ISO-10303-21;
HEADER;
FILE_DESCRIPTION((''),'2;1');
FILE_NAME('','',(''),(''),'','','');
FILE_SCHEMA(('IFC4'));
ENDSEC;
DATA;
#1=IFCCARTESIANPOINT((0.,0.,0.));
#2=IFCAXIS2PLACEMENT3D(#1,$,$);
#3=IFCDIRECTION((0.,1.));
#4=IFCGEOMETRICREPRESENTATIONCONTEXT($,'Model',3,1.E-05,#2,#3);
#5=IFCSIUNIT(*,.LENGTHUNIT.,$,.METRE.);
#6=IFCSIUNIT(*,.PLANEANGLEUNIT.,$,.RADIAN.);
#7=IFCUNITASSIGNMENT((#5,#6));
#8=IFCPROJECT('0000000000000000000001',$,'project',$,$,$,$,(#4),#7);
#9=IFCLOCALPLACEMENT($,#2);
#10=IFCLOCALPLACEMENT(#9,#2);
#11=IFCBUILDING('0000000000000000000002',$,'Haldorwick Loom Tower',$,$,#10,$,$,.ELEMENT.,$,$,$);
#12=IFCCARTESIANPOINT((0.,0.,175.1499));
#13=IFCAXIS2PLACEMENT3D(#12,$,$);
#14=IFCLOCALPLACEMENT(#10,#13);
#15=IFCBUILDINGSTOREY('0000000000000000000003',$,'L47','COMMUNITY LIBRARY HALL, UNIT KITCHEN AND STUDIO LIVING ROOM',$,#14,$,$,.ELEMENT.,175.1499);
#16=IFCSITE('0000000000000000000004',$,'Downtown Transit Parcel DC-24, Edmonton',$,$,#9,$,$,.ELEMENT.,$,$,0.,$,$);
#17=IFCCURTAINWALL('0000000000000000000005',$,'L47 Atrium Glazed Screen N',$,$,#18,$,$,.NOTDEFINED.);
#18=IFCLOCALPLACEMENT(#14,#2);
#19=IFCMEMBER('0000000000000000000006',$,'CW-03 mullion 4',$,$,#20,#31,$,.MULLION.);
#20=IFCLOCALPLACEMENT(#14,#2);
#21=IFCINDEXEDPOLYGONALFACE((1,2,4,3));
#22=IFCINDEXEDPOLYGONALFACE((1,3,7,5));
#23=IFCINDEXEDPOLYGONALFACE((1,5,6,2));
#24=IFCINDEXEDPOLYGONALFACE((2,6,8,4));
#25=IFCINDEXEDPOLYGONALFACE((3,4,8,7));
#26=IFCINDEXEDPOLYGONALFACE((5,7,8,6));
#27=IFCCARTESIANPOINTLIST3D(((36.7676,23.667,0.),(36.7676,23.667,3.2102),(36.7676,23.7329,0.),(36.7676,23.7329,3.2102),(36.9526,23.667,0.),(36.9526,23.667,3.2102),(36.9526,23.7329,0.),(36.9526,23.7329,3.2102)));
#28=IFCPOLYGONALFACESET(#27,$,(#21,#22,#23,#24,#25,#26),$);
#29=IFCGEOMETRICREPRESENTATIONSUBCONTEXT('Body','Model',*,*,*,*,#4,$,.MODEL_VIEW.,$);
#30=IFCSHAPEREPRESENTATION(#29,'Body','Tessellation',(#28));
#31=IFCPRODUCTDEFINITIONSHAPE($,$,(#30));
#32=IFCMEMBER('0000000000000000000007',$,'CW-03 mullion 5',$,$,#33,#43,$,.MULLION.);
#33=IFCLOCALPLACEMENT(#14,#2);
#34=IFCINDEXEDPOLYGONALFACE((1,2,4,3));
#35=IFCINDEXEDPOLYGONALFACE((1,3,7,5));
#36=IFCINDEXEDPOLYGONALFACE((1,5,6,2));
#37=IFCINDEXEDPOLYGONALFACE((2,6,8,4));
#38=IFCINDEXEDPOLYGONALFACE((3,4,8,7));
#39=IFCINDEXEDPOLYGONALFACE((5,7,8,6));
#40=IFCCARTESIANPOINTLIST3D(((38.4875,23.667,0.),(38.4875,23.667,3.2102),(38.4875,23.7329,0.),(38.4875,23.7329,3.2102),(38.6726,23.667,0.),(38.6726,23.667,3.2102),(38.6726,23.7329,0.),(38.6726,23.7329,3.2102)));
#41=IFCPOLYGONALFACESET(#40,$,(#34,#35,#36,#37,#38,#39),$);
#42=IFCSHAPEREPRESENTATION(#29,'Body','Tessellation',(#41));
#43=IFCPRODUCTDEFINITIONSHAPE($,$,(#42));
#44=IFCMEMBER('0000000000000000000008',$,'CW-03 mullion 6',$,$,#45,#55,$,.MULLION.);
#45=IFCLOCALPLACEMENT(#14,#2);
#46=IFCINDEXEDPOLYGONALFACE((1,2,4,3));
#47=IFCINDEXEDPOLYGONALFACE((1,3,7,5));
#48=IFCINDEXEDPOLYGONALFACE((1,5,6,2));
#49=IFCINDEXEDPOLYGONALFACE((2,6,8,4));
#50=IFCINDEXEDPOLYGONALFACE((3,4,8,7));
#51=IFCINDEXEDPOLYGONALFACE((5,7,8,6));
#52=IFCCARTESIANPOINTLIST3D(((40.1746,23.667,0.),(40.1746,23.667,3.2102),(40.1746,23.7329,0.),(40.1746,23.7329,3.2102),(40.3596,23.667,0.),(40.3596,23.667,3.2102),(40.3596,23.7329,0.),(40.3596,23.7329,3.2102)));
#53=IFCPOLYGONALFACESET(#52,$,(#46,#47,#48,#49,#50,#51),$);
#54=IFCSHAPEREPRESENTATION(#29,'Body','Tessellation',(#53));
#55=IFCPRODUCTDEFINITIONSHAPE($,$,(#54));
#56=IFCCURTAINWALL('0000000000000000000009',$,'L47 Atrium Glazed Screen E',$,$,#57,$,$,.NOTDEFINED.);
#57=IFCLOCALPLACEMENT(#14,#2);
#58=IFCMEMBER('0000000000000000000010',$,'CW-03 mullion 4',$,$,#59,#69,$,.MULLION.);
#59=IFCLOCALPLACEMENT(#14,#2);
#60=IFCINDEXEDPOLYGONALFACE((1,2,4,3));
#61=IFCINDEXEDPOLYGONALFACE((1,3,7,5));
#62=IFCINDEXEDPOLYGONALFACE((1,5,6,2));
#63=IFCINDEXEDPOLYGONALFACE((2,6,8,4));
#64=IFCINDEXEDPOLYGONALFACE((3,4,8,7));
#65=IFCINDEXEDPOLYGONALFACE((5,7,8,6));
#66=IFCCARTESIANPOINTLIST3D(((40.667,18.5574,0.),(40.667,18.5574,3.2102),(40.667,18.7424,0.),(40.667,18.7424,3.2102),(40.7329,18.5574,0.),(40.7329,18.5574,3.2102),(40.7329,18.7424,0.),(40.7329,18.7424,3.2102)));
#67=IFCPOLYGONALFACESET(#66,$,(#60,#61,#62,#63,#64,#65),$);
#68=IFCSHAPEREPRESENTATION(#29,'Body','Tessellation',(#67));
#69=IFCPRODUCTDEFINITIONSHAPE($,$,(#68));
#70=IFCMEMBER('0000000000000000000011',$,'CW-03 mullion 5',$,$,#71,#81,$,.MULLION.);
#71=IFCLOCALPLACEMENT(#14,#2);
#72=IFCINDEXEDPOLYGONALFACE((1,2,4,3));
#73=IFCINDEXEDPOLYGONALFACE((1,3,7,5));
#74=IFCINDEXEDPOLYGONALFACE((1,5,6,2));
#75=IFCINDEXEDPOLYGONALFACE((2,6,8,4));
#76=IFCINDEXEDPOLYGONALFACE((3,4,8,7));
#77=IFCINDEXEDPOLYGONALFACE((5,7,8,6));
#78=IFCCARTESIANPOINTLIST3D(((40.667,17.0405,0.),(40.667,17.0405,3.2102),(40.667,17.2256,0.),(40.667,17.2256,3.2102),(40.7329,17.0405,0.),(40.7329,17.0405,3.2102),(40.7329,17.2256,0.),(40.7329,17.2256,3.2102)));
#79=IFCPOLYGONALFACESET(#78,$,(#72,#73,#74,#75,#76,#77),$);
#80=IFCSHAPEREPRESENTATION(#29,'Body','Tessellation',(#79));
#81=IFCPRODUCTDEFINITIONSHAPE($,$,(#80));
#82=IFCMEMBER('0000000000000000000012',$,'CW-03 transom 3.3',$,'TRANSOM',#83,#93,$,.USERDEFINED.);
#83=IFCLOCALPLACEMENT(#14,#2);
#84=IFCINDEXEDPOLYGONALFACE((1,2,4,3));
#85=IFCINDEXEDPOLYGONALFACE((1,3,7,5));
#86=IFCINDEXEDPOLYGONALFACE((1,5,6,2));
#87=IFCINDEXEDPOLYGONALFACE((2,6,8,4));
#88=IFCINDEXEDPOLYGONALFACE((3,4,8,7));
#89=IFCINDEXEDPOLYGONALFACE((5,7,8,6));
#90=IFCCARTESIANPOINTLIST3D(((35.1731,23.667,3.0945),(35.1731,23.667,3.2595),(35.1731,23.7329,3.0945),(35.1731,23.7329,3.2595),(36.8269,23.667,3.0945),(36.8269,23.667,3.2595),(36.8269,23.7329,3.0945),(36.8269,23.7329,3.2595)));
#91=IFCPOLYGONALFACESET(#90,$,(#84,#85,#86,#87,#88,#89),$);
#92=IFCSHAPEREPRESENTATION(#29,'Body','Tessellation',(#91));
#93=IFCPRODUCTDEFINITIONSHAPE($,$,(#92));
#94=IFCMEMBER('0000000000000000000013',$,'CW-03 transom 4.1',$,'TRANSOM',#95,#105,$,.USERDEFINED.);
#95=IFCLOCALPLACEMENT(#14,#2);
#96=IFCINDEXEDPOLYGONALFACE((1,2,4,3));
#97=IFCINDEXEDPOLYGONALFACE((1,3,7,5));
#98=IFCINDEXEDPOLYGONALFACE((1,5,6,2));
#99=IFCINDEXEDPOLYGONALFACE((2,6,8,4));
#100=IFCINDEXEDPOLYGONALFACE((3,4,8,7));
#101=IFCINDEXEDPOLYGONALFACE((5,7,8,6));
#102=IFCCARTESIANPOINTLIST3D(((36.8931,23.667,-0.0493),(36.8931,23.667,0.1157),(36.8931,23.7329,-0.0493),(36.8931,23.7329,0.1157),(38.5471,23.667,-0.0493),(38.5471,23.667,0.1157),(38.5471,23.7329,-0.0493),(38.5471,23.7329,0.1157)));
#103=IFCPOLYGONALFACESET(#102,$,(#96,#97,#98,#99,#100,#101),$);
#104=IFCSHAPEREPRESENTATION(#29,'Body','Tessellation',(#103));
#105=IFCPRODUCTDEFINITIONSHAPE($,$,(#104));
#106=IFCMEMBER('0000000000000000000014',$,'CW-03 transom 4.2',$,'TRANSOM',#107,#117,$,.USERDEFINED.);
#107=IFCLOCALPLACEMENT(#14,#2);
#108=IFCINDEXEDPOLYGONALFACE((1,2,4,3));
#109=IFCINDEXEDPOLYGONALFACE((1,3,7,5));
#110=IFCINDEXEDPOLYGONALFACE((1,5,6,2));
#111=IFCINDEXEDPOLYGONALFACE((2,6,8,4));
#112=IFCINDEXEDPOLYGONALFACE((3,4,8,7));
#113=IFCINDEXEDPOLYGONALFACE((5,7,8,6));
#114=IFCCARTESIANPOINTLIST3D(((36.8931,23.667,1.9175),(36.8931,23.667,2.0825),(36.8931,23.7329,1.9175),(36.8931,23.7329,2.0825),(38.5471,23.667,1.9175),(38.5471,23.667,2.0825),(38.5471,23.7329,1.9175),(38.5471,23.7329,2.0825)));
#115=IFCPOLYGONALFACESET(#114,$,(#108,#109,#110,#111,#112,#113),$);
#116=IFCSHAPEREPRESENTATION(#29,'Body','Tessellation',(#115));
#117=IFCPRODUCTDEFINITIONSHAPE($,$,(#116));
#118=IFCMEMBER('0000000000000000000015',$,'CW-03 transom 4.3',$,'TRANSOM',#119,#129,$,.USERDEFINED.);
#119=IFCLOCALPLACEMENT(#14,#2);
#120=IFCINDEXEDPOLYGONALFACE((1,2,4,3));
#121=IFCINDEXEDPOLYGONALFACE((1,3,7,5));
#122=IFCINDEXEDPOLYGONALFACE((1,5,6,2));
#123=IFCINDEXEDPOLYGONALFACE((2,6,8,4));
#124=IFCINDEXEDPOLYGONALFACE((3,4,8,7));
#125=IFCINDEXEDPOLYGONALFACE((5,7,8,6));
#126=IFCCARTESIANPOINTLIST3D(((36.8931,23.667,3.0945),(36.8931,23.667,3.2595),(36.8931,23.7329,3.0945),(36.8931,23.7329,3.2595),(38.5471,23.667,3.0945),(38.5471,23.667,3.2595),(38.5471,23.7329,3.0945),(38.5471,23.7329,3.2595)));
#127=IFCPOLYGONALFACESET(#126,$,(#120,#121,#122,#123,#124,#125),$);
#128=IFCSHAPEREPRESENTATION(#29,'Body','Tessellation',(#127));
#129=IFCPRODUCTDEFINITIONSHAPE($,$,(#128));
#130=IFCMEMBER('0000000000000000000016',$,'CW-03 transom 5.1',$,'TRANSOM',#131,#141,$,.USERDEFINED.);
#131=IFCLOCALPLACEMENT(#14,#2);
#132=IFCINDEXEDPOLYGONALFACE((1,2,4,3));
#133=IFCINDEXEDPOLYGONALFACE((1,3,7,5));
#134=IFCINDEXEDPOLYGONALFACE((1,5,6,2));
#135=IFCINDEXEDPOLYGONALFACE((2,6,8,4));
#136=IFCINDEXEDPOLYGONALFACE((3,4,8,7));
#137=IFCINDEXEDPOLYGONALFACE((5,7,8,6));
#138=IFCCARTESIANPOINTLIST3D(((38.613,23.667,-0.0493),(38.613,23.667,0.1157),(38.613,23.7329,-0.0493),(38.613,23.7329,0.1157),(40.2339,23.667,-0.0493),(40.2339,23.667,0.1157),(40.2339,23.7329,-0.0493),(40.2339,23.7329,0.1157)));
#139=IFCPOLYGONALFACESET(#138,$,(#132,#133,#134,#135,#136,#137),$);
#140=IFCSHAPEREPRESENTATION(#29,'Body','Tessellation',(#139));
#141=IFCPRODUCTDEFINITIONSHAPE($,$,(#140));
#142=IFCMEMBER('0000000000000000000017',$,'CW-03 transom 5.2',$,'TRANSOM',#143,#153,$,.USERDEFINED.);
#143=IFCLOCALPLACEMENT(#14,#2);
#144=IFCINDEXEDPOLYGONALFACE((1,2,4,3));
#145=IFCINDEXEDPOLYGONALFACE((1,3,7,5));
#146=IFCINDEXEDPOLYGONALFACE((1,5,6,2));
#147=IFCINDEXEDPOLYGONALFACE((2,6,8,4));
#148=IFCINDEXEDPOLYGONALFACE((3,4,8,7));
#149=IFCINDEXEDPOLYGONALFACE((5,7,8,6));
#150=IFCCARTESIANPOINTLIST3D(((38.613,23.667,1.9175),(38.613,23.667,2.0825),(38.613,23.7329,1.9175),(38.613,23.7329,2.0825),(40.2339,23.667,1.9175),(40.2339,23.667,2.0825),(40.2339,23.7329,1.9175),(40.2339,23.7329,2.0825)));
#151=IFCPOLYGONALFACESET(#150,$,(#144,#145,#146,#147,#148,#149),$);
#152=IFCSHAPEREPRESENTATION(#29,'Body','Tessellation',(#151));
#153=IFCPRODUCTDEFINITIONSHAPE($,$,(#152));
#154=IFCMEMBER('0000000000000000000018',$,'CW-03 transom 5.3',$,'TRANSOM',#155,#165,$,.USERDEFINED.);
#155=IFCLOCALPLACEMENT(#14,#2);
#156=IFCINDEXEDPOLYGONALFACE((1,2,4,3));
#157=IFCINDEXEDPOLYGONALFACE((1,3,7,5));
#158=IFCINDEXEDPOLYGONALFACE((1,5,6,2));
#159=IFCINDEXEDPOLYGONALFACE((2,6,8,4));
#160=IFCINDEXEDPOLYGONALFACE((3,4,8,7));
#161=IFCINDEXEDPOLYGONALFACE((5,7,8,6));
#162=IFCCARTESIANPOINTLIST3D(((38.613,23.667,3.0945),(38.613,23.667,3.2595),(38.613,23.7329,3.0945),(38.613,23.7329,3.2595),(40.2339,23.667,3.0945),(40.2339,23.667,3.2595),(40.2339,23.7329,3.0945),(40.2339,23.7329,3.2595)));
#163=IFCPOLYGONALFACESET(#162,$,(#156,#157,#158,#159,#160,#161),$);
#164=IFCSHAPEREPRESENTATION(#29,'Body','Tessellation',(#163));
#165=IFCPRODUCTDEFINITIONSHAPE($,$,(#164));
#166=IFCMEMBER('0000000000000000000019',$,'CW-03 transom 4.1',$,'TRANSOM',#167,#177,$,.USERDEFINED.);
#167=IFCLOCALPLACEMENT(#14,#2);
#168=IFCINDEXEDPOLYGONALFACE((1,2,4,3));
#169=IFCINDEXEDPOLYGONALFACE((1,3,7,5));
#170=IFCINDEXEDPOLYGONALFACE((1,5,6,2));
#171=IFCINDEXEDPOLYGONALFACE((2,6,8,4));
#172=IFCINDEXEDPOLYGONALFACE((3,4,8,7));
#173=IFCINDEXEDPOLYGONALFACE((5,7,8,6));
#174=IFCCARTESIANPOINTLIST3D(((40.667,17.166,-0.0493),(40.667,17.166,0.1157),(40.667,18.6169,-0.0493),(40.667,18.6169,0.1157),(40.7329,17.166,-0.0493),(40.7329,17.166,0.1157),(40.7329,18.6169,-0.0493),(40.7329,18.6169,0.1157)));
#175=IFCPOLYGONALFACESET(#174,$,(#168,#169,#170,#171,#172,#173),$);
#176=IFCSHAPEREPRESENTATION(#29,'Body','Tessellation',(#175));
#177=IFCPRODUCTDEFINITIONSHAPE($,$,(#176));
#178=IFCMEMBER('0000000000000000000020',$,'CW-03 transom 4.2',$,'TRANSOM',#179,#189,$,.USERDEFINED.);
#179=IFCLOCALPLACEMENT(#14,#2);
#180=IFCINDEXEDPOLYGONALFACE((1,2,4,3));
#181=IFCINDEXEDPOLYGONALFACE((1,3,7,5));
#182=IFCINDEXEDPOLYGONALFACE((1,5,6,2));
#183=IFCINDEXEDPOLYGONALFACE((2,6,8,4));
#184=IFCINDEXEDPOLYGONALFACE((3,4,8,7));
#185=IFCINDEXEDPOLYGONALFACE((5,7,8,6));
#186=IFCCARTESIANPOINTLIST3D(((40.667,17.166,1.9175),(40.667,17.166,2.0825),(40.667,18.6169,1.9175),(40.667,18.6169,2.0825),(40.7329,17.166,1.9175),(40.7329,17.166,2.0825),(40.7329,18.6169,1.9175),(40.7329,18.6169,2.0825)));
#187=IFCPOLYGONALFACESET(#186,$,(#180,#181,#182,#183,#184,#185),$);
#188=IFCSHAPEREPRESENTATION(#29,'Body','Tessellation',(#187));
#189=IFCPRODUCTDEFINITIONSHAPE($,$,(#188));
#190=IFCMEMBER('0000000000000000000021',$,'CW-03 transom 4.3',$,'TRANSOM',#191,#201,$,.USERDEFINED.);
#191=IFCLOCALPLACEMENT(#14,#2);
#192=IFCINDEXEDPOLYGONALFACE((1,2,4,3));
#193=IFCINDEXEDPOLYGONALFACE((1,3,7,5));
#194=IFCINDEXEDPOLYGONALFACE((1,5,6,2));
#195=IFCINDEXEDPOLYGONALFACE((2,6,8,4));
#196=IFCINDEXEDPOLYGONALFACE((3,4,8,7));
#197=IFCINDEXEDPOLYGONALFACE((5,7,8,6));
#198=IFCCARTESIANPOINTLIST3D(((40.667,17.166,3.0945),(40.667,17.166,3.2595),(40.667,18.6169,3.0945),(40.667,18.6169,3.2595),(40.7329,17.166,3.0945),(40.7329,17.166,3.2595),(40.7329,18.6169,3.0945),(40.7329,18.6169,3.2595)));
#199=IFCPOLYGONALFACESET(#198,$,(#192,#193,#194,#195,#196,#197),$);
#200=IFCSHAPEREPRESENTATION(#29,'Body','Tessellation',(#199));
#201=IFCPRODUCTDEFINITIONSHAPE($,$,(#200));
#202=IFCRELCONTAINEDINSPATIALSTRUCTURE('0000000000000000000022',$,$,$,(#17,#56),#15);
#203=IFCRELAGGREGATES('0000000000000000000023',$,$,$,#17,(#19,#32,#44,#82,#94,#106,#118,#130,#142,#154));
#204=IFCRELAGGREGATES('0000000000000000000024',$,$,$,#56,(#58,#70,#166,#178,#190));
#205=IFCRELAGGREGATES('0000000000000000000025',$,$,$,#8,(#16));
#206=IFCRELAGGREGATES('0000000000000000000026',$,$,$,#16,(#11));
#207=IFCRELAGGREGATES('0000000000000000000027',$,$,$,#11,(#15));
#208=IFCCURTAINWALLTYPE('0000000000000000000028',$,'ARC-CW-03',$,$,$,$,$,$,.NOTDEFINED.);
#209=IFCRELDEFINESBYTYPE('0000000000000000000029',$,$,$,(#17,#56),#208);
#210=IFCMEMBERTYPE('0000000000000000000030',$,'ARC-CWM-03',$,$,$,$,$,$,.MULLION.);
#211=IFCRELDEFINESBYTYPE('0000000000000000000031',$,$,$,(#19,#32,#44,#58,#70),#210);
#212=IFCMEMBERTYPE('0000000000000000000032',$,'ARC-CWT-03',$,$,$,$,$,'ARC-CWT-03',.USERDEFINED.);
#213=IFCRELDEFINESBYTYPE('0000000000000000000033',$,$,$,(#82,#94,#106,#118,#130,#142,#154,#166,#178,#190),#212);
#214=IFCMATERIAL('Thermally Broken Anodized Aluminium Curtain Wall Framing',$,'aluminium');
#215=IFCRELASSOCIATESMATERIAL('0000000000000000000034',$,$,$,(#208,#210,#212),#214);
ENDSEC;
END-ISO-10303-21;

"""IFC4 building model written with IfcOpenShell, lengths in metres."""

from ifc_helpers import new_model, si_unit, direction, frame, origin, origin_2d, place, context, subcontext, project, spatial, rectangle, extrude, material, material_profile, profile_set, type_object, element, aggregate, save


model = new_model("IFC4")

# Units and contexts
model_context = context("Model", 3, precision=1e-05, world=origin(), true_north=direction((0.0, 1.0)))
body_context = subcontext(model_context, "Body", "Model", "MODEL_VIEW")
ifc_project = project(units=[si_unit("LENGTHUNIT", "METRE"), si_unit("PLANEANGLEUNIT", "RADIAN")], contexts=[model_context])

# Site, building, storey
site_placement = place(None, origin())
site = spatial("IfcSite", under=ifc_project, at=site_placement, Name="Downtown Transit Parcel DC-24, Edmonton", CompositionType="ELEMENT", RefElevation=0.0)
building_placement = place(site_placement, origin())
building = spatial("IfcBuilding", under=site, at=building_placement, Name="Haldorwick Loom Tower", CompositionType="ELEMENT")
storey_placement = place(building_placement, frame((0.0, 0.0, 175.1499)))
storey = spatial("IfcBuildingStorey", under=building, at=storey_placement, Name="L47", Description="COMMUNITY LIBRARY HALL, UNIT KITCHEN AND STUDIO LIVING ROOM", CompositionType="ELEMENT", Elevation=175.1499)

# Curtain walls, members
ifc_material_1 = material(Name="Thermally Broken Anodized Aluminium Curtain Wall Framing", Category="aluminium")
curtain_wall_type = type_object("IfcCurtainWallType", Name="ARC-CW-03", PredefinedType="NOTDEFINED", material=ifc_material_1)
curtain_wall_1_placement = place(storey_placement, origin())
curtain_wall_1 = element("IfcCurtainWall", 1, at=curtain_wall_1_placement, inside=storey, type_object=curtain_wall_type, Name="L47 Atrium Glazed Screen N", PredefinedType="NOTDEFINED")
ifc_material_profile_1 = material_profile(ifc_material_1, rectangle(XDim=0.0659, YDim=0.1851, at=origin_2d()), Name="ALU_MUL_66X185", Category="aluminium")
ifc_profile_set_1 = profile_set([ifc_material_profile_1], Name="Thermally Broken Anodized Aluminium Curtain Wall Framing")
member_type_1 = type_object("IfcMemberType", Name="ARC-CWM-03", PredefinedType="MULLION", material=ifc_profile_set_1)
member_1_placement = place(storey_placement, frame((36.8601, 23.7, 0.0), z_axis=(0.0, 0.0, 1.0), x_axis=(0.0, 1.0, 0.0)))
member_1 = element("IfcMember", 2, at=member_1_placement, type_object=member_type_1, Name="CW-03 mullion 4", PredefinedType="MULLION", context=body_context, shape_type="SweptSolid", body=[
    extrude(rectangle(XDim=0.0659, YDim=0.1851, at=origin_2d()), origin(), (0.0, 0.0, 1.0), 3.2102),
])
member_2_placement = place(storey_placement, frame((38.5801, 23.7, 0.0), z_axis=(0.0, 0.0, 1.0), x_axis=(0.0, 1.0, 0.0)))
member_2 = element("IfcMember", 3, at=member_2_placement, type_object=member_type_1, Name="CW-03 mullion 5", PredefinedType="MULLION", context=body_context, shape_type="SweptSolid", body=[
    extrude(rectangle(XDim=0.0659, YDim=0.1851, at=origin_2d()), origin(), (0.0, 0.0, 1.0), 3.2102),
])
member_3_placement = place(storey_placement, frame((40.2671, 23.7, 0.0), z_axis=(0.0, 0.0, 1.0), x_axis=(0.0, 1.0, 0.0)))
member_3 = element("IfcMember", 4, at=member_3_placement, type_object=member_type_1, Name="CW-03 mullion 6", PredefinedType="MULLION", context=body_context, shape_type="SweptSolid", body=[
    extrude(rectangle(XDim=0.0659, YDim=0.1851, at=origin_2d()), origin(), (0.0, 0.0, 1.0), 3.2102),
])
curtain_wall_2_placement = place(storey_placement, origin())
curtain_wall_2 = element("IfcCurtainWall", 5, at=curtain_wall_2_placement, inside=storey, type_object=curtain_wall_type, Name="L47 Atrium Glazed Screen E", PredefinedType="NOTDEFINED")
member_4_placement = place(storey_placement, frame((40.7, 18.6499, 0.0), z_axis=(0.0, 0.0, 1.0), x_axis=(1.0, 0.0, 0.0)))
member_4 = element("IfcMember", 6, at=member_4_placement, type_object=member_type_1, Name="CW-03 mullion 4", PredefinedType="MULLION", context=body_context, shape_type="SweptSolid", body=[
    extrude(rectangle(XDim=0.0659, YDim=0.1851, at=origin_2d()), origin(), (0.0, 0.0, 1.0), 3.2102),
])
member_5_placement = place(storey_placement, frame((40.7, 17.1331, 0.0), z_axis=(0.0, 0.0, 1.0), x_axis=(1.0, 0.0, 0.0)))
member_5 = element("IfcMember", 7, at=member_5_placement, type_object=member_type_1, Name="CW-03 mullion 5", PredefinedType="MULLION", context=body_context, shape_type="SweptSolid", body=[
    extrude(rectangle(XDim=0.0659, YDim=0.1851, at=origin_2d()), origin(), (0.0, 0.0, 1.0), 3.2102),
])

# Members
ifc_material_profile_2 = material_profile(ifc_material_1, rectangle(XDim=0.0659, YDim=0.165, at=origin_2d()), Name="ALU_TRN_66X165", Category="aluminium")
ifc_profile_set_2 = profile_set([ifc_material_profile_2], Name="Thermally Broken Anodized Aluminium Curtain Wall Framing")
member_type_2 = type_object("IfcMemberType", Name="ARC-CWT-03", ElementType="ARC-CWT-03", PredefinedType="USERDEFINED", material=ifc_profile_set_2)
member_6_placement = place(storey_placement, frame((35.1731, 23.7, 3.177), z_axis=(1.0, 0.0, 0.0), x_axis=(0.0, 1.0, 0.0)))
member_6 = element("IfcMember", 8, at=member_6_placement, type_object=member_type_2, Name="CW-03 transom 3.3", ObjectType="TRANSOM", PredefinedType="USERDEFINED", context=body_context, shape_type="SweptSolid", body=[
    extrude(rectangle(XDim=0.0659, YDim=0.165, at=origin_2d()), origin(), (0.0, 0.0, 1.0), 1.6538),
])
member_7_placement = place(storey_placement, frame((36.8931, 23.7, 0.0332), z_axis=(1.0, 0.0, 0.0), x_axis=(0.0, 1.0, 0.0)))
member_7 = element("IfcMember", 9, at=member_7_placement, type_object=member_type_2, Name="CW-03 transom 4.1", ObjectType="TRANSOM", PredefinedType="USERDEFINED", context=body_context, shape_type="SweptSolid", body=[
    extrude(rectangle(XDim=0.0659, YDim=0.165, at=origin_2d()), origin(), (0.0, 0.0, 1.0), 1.6541),
])
member_8_placement = place(storey_placement, frame((36.8931, 23.7, 2.0), z_axis=(1.0, 0.0, 0.0), x_axis=(0.0, 1.0, 0.0)))
member_8 = element("IfcMember", 10, at=member_8_placement, type_object=member_type_2, Name="CW-03 transom 4.2", ObjectType="TRANSOM", PredefinedType="USERDEFINED", context=body_context, shape_type="SweptSolid", body=[
    extrude(rectangle(XDim=0.0659, YDim=0.165, at=origin_2d()), origin(), (0.0, 0.0, 1.0), 1.6541),
])
member_9_placement = place(storey_placement, frame((36.8931, 23.7, 3.177), z_axis=(1.0, 0.0, 0.0), x_axis=(0.0, 1.0, 0.0)))
member_9 = element("IfcMember", 11, at=member_9_placement, type_object=member_type_2, Name="CW-03 transom 4.3", ObjectType="TRANSOM", PredefinedType="USERDEFINED", context=body_context, shape_type="SweptSolid", body=[
    extrude(rectangle(XDim=0.0659, YDim=0.165, at=origin_2d()), origin(), (0.0, 0.0, 1.0), 1.6541),
])
member_10_placement = place(storey_placement, frame((38.613, 23.7, 0.0332), z_axis=(1.0, 0.0, 0.0), x_axis=(0.0, 1.0, 0.0)))
member_10 = element("IfcMember", 12, at=member_10_placement, type_object=member_type_2, Name="CW-03 transom 5.1", ObjectType="TRANSOM", PredefinedType="USERDEFINED", context=body_context, shape_type="SweptSolid", body=[
    extrude(rectangle(XDim=0.0659, YDim=0.165, at=origin_2d()), origin(), (0.0, 0.0, 1.0), 1.6208),
])
member_11_placement = place(storey_placement, frame((38.613, 23.7, 2.0), z_axis=(1.0, 0.0, 0.0), x_axis=(0.0, 1.0, 0.0)))
member_11 = element("IfcMember", 13, at=member_11_placement, type_object=member_type_2, Name="CW-03 transom 5.2", ObjectType="TRANSOM", PredefinedType="USERDEFINED", context=body_context, shape_type="SweptSolid", body=[
    extrude(rectangle(XDim=0.0659, YDim=0.165, at=origin_2d()), origin(), (0.0, 0.0, 1.0), 1.6208),
])
member_12_placement = place(storey_placement, frame((38.613, 23.7, 3.177), z_axis=(1.0, 0.0, 0.0), x_axis=(0.0, 1.0, 0.0)))
member_12 = element("IfcMember", 14, at=member_12_placement, type_object=member_type_2, Name="CW-03 transom 5.3", ObjectType="TRANSOM", PredefinedType="USERDEFINED", context=body_context, shape_type="SweptSolid", body=[
    extrude(rectangle(XDim=0.0659, YDim=0.165, at=origin_2d()), origin(), (0.0, 0.0, 1.0), 1.6208),
])
member_13_placement = place(storey_placement, frame((40.7, 18.6169, 0.0332), z_axis=(0.0, -1.0, 0.0), x_axis=(1.0, 0.0, 0.0)))
member_13 = element("IfcMember", 15, at=member_13_placement, type_object=member_type_2, Name="CW-03 transom 4.1", ObjectType="TRANSOM", PredefinedType="USERDEFINED", context=body_context, shape_type="SweptSolid", body=[
    extrude(rectangle(XDim=0.0659, YDim=0.165, at=origin_2d()), origin(), (0.0, 0.0, 1.0), 1.4509),
])
member_14_placement = place(storey_placement, frame((40.7, 18.6169, 2.0), z_axis=(0.0, -1.0, 0.0), x_axis=(1.0, 0.0, 0.0)))
member_14 = element("IfcMember", 16, at=member_14_placement, type_object=member_type_2, Name="CW-03 transom 4.2", ObjectType="TRANSOM", PredefinedType="USERDEFINED", context=body_context, shape_type="SweptSolid", body=[
    extrude(rectangle(XDim=0.0659, YDim=0.165, at=origin_2d()), origin(), (0.0, 0.0, 1.0), 1.4509),
])
member_15_placement = place(storey_placement, frame((40.7, 18.6169, 3.177), z_axis=(0.0, -1.0, 0.0), x_axis=(1.0, 0.0, 0.0)))
member_15 = element("IfcMember", 17, at=member_15_placement, type_object=member_type_2, Name="CW-03 transom 4.3", ObjectType="TRANSOM", PredefinedType="USERDEFINED", context=body_context, shape_type="SweptSolid", body=[
    extrude(rectangle(XDim=0.0659, YDim=0.165, at=origin_2d()), origin(), (0.0, 0.0, 1.0), 1.4509),
])

aggregate(curtain_wall_1, [member_1, member_2, member_3, member_6, member_7, member_8, member_9, member_10, member_11, member_12])
aggregate(curtain_wall_2, [member_4, member_5, member_13, member_14, member_15])

save(model, "model.ifc")
